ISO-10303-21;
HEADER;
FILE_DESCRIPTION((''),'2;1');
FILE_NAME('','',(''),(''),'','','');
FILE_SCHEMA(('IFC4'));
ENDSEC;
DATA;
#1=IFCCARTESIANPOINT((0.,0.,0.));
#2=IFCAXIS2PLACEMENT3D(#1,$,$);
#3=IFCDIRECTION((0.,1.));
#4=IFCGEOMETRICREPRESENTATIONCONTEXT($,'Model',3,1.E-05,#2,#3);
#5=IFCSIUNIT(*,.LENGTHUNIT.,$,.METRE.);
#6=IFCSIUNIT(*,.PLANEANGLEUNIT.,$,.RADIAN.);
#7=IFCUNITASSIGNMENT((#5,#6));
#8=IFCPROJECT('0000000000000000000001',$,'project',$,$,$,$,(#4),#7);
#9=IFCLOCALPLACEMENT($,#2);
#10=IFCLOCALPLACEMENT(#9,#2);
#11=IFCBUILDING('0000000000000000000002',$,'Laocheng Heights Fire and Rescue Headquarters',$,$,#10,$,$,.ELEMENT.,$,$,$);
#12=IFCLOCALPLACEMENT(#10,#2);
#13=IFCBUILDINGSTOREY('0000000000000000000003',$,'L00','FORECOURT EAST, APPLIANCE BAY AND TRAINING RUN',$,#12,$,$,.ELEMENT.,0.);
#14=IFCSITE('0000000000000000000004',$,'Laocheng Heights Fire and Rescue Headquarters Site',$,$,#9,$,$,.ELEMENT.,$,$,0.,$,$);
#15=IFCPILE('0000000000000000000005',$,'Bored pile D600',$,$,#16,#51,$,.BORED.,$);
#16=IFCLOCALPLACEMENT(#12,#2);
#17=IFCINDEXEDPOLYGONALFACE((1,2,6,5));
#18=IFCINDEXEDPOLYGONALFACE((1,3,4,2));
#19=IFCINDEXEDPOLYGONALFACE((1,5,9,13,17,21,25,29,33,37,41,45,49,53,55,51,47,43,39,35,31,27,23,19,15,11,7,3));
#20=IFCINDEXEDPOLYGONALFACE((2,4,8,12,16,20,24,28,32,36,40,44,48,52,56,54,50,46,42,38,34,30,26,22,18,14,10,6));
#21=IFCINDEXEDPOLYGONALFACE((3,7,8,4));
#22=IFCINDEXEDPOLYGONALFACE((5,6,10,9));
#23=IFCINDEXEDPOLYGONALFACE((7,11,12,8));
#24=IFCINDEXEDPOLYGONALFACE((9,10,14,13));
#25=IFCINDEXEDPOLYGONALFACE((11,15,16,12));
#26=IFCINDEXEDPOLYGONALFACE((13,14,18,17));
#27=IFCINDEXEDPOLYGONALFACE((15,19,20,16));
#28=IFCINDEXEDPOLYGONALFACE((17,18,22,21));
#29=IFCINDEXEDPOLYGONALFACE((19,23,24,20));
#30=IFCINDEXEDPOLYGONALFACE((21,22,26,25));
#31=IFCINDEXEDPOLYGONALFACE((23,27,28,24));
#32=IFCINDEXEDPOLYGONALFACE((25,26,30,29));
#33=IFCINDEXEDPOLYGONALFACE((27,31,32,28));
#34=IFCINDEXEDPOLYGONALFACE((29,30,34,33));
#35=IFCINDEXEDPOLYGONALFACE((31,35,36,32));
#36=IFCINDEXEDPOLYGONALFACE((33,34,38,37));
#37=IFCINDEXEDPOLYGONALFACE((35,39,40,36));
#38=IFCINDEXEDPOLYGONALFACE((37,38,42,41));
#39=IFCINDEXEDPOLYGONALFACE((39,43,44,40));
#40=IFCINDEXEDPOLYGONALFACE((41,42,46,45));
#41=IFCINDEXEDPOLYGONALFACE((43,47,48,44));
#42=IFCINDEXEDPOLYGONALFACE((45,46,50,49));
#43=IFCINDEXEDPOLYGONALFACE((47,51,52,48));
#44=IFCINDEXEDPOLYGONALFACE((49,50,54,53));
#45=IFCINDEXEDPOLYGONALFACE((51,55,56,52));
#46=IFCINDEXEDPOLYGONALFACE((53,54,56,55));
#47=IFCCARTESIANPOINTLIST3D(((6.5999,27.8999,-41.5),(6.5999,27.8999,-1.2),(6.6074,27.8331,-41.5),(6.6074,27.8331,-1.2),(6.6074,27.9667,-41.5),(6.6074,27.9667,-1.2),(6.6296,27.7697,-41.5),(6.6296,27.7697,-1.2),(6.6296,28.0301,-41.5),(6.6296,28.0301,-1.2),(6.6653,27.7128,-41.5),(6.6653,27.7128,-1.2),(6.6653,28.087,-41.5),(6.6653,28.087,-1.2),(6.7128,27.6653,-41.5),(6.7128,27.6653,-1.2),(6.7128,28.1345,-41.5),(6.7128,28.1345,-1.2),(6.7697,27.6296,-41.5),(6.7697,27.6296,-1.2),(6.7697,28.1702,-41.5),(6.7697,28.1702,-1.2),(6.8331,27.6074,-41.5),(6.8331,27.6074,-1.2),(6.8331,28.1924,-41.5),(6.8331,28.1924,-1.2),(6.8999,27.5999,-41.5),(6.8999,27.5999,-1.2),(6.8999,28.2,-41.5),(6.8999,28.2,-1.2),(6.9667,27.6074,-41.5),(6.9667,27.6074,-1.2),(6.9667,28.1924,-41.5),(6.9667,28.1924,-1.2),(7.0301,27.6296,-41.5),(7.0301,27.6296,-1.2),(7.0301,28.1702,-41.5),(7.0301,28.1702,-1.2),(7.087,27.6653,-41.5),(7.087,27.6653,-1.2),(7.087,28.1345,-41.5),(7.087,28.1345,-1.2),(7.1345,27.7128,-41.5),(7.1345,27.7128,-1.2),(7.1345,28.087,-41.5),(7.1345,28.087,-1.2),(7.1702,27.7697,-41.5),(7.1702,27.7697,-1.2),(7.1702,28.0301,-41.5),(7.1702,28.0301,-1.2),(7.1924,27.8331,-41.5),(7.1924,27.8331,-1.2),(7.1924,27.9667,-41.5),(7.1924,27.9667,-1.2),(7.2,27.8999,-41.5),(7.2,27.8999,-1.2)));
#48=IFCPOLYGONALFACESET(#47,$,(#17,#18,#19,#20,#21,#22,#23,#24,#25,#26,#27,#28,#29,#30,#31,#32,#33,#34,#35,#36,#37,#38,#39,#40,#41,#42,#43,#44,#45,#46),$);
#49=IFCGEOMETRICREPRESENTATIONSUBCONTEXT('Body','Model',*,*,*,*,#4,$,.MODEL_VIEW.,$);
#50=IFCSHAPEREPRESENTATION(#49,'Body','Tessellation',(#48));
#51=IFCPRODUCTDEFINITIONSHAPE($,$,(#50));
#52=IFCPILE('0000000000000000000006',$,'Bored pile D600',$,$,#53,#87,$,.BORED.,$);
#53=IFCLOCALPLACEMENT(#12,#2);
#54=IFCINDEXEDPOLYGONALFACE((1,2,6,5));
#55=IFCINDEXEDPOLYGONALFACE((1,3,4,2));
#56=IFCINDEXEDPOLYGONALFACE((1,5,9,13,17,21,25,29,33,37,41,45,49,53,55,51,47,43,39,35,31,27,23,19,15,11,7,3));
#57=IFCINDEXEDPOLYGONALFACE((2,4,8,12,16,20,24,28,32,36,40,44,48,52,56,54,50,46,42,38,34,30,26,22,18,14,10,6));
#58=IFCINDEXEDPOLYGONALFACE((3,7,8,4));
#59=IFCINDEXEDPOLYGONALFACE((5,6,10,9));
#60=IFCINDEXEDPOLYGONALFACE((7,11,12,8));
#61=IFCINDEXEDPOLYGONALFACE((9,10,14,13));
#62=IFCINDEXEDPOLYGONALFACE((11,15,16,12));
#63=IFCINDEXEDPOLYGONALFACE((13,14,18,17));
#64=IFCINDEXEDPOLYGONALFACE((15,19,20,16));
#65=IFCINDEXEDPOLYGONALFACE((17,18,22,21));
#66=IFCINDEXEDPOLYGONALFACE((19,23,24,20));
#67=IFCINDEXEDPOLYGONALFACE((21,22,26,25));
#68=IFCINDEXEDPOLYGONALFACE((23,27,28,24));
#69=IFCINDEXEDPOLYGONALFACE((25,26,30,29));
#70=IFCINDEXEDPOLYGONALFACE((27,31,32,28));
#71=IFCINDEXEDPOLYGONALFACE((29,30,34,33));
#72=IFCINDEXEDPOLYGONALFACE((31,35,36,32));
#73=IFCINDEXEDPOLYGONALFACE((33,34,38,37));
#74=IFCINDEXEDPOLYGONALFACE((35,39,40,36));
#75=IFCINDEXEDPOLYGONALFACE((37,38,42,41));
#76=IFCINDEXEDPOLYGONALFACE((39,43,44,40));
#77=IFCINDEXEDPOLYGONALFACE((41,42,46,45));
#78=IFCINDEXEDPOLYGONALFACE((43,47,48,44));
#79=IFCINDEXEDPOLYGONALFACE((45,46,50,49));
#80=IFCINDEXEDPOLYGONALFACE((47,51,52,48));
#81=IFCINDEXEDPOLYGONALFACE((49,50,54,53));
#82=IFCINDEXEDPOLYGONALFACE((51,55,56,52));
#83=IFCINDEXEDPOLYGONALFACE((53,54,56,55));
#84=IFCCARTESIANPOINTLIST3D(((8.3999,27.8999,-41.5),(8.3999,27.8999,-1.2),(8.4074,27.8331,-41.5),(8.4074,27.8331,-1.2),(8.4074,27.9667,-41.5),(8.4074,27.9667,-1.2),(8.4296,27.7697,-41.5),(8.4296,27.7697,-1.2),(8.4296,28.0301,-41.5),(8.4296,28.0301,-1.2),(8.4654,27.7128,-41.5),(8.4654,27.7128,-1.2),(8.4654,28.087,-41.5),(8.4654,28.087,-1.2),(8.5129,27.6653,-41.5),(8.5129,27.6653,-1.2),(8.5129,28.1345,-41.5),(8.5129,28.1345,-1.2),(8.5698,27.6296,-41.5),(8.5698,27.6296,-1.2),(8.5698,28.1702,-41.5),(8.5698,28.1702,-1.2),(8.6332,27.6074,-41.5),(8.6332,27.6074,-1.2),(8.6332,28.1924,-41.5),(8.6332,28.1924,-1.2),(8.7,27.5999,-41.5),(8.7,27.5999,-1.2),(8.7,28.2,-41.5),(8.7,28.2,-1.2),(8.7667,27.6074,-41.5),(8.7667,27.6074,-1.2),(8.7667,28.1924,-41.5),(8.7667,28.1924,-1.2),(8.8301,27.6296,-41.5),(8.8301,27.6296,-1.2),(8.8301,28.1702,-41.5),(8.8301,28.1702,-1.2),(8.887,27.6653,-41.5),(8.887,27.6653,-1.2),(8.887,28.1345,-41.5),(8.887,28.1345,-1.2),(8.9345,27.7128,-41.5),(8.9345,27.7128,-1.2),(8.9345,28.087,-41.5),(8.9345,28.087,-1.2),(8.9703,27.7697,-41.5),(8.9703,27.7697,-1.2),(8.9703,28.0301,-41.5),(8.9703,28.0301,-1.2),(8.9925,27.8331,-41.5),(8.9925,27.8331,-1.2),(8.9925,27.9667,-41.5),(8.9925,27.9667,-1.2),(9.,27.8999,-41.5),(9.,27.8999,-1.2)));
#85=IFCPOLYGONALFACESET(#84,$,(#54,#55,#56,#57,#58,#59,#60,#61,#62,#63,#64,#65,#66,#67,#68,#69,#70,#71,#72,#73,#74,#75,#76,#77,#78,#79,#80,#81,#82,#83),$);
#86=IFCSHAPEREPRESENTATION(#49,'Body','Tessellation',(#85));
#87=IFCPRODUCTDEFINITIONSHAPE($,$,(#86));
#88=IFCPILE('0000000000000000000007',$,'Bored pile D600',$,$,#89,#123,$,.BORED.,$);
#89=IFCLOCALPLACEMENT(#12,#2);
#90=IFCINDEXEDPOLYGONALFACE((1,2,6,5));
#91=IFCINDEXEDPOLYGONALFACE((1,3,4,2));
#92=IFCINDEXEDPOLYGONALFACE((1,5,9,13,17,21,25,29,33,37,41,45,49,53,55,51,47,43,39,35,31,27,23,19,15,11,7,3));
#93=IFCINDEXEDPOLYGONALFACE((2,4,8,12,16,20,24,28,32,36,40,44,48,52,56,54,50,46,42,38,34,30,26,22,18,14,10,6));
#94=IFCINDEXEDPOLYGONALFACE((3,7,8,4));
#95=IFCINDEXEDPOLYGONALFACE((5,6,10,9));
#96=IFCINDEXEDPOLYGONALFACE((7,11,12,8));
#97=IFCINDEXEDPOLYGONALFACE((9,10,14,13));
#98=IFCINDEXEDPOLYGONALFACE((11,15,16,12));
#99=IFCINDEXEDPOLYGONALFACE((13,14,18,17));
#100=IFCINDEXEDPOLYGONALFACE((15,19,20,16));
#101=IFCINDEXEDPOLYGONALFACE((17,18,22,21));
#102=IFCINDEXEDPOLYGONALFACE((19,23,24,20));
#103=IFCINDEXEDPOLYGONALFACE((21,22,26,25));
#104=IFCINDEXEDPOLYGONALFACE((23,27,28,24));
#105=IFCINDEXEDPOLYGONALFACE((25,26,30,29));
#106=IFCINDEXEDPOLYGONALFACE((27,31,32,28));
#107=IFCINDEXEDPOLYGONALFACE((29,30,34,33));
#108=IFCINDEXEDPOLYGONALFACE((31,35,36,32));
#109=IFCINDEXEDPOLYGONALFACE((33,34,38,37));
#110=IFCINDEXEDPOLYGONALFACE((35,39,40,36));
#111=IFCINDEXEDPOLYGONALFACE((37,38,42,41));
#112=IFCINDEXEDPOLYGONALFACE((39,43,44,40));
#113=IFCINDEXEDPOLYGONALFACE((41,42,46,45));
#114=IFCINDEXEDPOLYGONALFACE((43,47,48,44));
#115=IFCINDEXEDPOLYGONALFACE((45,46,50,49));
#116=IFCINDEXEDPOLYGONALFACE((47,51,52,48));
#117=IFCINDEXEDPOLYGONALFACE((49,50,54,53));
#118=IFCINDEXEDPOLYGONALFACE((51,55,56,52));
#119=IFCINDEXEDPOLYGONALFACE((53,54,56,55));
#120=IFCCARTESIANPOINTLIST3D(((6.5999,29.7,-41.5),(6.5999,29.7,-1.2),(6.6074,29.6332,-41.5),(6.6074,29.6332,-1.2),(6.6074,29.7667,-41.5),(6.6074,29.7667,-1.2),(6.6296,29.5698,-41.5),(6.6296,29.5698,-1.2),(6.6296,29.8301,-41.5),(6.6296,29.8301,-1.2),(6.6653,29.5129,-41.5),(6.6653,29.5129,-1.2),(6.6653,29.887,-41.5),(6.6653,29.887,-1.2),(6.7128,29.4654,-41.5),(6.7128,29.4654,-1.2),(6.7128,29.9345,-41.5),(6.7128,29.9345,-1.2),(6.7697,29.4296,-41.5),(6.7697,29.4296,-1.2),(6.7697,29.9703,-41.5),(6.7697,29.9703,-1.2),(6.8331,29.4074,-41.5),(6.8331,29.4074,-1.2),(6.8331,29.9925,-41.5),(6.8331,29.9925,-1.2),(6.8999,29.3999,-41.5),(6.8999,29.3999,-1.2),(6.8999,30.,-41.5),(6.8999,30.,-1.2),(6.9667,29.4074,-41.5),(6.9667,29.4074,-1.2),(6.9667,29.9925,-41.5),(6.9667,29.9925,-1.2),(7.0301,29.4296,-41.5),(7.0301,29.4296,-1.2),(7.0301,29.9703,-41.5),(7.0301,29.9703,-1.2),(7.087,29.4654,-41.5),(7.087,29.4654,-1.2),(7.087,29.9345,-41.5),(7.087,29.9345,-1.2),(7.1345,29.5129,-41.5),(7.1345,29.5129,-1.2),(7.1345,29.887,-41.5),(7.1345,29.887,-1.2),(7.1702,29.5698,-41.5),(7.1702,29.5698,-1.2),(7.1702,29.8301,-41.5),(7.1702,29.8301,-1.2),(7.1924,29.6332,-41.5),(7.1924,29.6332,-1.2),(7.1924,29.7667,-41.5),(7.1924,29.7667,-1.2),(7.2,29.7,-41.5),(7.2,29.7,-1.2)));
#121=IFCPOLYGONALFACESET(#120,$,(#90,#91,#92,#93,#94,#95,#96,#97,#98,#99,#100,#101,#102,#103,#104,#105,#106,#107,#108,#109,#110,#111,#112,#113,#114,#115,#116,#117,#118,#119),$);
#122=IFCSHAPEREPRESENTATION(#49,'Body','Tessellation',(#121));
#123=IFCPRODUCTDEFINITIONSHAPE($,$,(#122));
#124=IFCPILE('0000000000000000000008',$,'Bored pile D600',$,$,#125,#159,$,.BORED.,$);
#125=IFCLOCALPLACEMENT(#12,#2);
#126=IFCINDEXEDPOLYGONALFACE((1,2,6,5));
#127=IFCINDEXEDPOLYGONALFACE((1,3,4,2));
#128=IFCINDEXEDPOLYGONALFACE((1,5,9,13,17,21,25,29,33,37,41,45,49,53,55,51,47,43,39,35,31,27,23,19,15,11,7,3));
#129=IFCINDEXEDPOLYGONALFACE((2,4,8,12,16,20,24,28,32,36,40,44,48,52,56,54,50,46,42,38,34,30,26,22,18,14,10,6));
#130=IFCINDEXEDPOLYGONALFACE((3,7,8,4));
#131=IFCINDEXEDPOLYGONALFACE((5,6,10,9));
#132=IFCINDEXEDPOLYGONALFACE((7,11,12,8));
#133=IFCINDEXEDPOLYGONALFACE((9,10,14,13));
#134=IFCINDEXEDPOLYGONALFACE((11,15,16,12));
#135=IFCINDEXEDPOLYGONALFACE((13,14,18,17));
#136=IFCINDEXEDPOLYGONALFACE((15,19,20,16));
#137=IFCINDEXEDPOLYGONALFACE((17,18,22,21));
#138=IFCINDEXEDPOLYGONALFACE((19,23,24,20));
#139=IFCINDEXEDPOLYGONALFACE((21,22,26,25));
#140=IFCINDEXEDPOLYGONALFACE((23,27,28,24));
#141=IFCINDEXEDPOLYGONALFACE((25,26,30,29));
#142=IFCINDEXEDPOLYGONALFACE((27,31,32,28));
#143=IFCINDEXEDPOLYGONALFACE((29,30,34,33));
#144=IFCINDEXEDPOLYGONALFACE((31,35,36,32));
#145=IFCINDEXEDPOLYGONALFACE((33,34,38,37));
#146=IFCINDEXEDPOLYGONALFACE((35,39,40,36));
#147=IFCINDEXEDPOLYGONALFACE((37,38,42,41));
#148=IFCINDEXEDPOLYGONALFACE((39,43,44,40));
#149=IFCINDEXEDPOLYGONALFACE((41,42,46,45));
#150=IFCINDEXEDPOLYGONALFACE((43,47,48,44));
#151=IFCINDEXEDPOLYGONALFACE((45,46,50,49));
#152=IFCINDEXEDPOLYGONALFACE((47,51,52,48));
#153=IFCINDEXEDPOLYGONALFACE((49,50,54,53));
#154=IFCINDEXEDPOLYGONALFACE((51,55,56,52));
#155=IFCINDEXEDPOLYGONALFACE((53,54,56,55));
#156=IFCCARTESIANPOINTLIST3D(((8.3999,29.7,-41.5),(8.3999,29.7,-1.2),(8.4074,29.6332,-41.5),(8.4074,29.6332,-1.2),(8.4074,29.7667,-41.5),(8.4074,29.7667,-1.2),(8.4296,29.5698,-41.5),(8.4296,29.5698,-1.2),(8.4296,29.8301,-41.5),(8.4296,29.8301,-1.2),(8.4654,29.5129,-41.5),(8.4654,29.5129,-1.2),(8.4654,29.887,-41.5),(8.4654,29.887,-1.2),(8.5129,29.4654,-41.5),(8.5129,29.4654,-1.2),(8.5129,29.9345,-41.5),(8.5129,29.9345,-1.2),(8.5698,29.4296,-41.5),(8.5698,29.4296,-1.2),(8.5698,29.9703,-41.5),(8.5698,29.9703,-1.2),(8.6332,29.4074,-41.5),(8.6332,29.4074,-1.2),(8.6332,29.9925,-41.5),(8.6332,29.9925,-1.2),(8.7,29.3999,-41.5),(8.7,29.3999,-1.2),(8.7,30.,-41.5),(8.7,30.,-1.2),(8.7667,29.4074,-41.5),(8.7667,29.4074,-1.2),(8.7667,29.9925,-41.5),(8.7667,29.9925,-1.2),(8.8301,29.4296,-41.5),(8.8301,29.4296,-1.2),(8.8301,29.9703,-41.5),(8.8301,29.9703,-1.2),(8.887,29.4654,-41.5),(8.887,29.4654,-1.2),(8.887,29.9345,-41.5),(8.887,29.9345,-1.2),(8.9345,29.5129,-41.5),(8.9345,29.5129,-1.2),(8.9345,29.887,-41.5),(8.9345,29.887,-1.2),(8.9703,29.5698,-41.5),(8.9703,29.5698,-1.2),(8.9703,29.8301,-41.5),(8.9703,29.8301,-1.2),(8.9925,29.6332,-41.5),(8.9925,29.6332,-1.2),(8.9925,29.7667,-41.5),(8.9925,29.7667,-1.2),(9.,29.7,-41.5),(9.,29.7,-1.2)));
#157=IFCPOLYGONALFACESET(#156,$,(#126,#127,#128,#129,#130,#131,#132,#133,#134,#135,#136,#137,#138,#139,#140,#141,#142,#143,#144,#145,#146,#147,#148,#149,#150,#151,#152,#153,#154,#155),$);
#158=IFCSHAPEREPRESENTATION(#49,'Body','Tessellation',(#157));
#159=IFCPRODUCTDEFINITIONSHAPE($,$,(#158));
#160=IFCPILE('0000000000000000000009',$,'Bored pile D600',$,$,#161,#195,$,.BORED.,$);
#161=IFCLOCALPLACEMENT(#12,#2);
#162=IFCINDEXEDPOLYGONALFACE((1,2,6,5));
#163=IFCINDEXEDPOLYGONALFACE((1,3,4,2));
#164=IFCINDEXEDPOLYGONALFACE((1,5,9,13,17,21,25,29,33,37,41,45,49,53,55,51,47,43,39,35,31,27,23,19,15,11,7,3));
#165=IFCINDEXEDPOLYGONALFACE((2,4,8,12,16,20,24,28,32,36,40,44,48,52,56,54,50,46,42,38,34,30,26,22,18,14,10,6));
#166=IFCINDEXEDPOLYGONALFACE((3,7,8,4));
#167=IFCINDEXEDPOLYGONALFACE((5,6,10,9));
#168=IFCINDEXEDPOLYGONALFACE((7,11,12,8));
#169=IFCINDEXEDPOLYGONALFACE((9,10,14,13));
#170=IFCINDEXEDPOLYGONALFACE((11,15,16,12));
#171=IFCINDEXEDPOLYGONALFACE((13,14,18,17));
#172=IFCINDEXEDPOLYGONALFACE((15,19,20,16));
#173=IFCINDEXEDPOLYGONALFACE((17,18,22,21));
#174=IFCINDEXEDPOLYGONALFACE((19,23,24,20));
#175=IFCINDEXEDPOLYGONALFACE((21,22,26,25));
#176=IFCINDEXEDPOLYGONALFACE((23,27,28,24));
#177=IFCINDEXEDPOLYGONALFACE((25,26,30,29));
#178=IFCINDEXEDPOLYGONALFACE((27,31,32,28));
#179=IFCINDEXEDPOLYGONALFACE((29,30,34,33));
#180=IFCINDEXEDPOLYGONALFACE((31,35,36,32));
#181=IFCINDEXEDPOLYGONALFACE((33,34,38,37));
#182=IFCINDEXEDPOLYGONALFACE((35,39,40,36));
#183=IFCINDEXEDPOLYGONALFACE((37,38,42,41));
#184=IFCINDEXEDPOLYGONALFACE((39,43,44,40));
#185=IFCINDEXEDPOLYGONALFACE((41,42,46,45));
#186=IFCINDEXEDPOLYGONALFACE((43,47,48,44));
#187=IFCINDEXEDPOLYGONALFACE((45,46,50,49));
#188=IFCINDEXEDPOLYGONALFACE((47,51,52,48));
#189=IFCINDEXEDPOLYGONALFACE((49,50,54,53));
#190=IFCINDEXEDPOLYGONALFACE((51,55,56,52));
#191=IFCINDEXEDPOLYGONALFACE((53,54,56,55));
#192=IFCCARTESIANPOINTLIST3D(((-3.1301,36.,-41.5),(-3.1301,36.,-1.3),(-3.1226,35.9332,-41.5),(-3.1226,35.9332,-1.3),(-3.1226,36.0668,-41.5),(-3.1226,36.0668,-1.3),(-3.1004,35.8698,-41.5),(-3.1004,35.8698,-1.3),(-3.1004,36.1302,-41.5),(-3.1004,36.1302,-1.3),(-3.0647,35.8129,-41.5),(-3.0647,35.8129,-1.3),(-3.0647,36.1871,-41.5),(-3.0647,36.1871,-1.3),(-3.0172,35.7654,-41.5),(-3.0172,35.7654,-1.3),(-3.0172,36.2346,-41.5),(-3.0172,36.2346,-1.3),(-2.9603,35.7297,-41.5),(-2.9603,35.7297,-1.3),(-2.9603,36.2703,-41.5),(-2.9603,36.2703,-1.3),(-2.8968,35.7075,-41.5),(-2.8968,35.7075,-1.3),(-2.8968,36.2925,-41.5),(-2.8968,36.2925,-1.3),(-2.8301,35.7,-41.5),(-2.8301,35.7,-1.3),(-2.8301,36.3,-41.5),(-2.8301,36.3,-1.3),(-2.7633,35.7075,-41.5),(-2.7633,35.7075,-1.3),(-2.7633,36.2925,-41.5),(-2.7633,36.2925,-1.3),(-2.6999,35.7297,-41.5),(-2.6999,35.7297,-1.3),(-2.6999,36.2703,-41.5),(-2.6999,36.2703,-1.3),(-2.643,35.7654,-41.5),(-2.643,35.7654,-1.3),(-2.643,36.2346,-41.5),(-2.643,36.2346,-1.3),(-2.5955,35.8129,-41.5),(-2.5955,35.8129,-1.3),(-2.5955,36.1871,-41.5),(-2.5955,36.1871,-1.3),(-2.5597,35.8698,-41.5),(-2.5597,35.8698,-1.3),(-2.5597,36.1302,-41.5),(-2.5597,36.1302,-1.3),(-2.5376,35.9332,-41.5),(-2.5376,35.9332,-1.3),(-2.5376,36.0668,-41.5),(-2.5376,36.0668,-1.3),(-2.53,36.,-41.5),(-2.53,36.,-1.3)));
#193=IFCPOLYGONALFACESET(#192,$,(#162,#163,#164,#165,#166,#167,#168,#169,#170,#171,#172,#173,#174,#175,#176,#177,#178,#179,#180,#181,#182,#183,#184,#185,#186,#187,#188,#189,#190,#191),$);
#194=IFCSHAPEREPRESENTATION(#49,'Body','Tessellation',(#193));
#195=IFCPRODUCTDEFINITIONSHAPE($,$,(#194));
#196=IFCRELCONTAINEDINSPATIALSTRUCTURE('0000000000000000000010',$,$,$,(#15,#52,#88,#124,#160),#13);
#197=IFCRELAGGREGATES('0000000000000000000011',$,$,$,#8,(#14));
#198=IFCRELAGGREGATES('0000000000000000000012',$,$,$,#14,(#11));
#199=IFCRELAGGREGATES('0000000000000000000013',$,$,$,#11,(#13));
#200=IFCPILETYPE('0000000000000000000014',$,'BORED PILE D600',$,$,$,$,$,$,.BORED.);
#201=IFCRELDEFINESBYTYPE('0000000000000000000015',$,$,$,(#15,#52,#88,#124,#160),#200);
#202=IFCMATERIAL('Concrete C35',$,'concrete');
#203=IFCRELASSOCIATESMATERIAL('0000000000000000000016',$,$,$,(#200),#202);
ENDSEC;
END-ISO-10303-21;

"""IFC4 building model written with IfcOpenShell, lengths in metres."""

from ifc_helpers import new_model, si_unit, direction, frame, origin, origin_2d, place, context, subcontext, project, spatial, circle, extrude, material, material_profile, profile_set, type_object, element, save


model = new_model("IFC4")

# Units and contexts
model_context = context("Model", 3, precision=1e-05, world=origin(), true_north=direction((0.0, 1.0)))
body_context = subcontext(model_context, "Body", "Model", "MODEL_VIEW")
ifc_project = project(units=[si_unit("LENGTHUNIT", "METRE"), si_unit("PLANEANGLEUNIT", "RADIAN")], contexts=[model_context])

# Site, building, storey
site_placement = place(None, origin())
site = spatial("IfcSite", under=ifc_project, at=site_placement, Name="Laocheng Heights Fire and Rescue Headquarters Site", CompositionType="ELEMENT", RefElevation=0.0)
building_placement = place(site_placement, origin())
building = spatial("IfcBuilding", under=site, at=building_placement, Name="Laocheng Heights Fire and Rescue Headquarters", CompositionType="ELEMENT")
storey_placement = place(building_placement, origin())
storey = spatial("IfcBuildingStorey", under=building, at=storey_placement, Name="L00", Description="FORECOURT EAST, APPLIANCE BAY AND TRAINING RUN", CompositionType="ELEMENT", Elevation=0.0)

# Piles
ifc_material_1 = material(Name="Concrete C35", Category="concrete")
ifc_material_profile_1 = material_profile(ifc_material_1, circle(Radius=0.3, at=origin_2d()), Name="BORED PILE D600")
ifc_profile_set_1 = profile_set([ifc_material_profile_1], Name="Concrete C35")
pile_type_1 = type_object("IfcPileType", Name="BORED PILE D600", PredefinedType="BORED", material=ifc_profile_set_1)
for number, where, z_axis, x_axis, name in (
    (1, (6.8999, 27.8999, -1.2), (0.0, 0.0, -1.0), (1.0, 0.0, 0.0), "Bored pile D600"),
    (2, (8.7, 27.8999, -1.2), (0.0, 0.0, -1.0), (1.0, 0.0, 0.0), "Bored pile D600"),
    (3, (6.8999, 29.7, -1.2), (0.0, 0.0, -1.0), (1.0, 0.0, 0.0), "Bored pile D600"),
    (4, (8.7, 29.7, -1.2), (0.0, 0.0, -1.0), (1.0, 0.0, 0.0), "Bored pile D600"),
):
    element("IfcPile", number, at=place(storey_placement, frame(where, z_axis=z_axis, x_axis=x_axis)), inside=storey, type_object=pile_type_1, Name=name, PredefinedType="BORED", context=body_context, shape_type="SweptSolid", body=[
        extrude(circle(Radius=0.3, at=origin_2d()), origin(), (0.0, 0.0, 1.0), 40.3),
    ])
for number, where, z_axis, x_axis, name in (
    (5, (-2.8301, 36.0, -1.3), (0.0, 0.0, -1.0), (1.0, 0.0, 0.0), "Bored pile D600"),
):
    element("IfcPile", number, at=place(storey_placement, frame(where, z_axis=z_axis, x_axis=x_axis)), inside=storey, type_object=pile_type_1, Name=name, PredefinedType="BORED", context=body_context, shape_type="SweptSolid", body=[
        extrude(circle(Radius=0.3, at=origin_2d()), origin(), (0.0, 0.0, 1.0), 40.2),
    ])

save(model, "model.ifc")
